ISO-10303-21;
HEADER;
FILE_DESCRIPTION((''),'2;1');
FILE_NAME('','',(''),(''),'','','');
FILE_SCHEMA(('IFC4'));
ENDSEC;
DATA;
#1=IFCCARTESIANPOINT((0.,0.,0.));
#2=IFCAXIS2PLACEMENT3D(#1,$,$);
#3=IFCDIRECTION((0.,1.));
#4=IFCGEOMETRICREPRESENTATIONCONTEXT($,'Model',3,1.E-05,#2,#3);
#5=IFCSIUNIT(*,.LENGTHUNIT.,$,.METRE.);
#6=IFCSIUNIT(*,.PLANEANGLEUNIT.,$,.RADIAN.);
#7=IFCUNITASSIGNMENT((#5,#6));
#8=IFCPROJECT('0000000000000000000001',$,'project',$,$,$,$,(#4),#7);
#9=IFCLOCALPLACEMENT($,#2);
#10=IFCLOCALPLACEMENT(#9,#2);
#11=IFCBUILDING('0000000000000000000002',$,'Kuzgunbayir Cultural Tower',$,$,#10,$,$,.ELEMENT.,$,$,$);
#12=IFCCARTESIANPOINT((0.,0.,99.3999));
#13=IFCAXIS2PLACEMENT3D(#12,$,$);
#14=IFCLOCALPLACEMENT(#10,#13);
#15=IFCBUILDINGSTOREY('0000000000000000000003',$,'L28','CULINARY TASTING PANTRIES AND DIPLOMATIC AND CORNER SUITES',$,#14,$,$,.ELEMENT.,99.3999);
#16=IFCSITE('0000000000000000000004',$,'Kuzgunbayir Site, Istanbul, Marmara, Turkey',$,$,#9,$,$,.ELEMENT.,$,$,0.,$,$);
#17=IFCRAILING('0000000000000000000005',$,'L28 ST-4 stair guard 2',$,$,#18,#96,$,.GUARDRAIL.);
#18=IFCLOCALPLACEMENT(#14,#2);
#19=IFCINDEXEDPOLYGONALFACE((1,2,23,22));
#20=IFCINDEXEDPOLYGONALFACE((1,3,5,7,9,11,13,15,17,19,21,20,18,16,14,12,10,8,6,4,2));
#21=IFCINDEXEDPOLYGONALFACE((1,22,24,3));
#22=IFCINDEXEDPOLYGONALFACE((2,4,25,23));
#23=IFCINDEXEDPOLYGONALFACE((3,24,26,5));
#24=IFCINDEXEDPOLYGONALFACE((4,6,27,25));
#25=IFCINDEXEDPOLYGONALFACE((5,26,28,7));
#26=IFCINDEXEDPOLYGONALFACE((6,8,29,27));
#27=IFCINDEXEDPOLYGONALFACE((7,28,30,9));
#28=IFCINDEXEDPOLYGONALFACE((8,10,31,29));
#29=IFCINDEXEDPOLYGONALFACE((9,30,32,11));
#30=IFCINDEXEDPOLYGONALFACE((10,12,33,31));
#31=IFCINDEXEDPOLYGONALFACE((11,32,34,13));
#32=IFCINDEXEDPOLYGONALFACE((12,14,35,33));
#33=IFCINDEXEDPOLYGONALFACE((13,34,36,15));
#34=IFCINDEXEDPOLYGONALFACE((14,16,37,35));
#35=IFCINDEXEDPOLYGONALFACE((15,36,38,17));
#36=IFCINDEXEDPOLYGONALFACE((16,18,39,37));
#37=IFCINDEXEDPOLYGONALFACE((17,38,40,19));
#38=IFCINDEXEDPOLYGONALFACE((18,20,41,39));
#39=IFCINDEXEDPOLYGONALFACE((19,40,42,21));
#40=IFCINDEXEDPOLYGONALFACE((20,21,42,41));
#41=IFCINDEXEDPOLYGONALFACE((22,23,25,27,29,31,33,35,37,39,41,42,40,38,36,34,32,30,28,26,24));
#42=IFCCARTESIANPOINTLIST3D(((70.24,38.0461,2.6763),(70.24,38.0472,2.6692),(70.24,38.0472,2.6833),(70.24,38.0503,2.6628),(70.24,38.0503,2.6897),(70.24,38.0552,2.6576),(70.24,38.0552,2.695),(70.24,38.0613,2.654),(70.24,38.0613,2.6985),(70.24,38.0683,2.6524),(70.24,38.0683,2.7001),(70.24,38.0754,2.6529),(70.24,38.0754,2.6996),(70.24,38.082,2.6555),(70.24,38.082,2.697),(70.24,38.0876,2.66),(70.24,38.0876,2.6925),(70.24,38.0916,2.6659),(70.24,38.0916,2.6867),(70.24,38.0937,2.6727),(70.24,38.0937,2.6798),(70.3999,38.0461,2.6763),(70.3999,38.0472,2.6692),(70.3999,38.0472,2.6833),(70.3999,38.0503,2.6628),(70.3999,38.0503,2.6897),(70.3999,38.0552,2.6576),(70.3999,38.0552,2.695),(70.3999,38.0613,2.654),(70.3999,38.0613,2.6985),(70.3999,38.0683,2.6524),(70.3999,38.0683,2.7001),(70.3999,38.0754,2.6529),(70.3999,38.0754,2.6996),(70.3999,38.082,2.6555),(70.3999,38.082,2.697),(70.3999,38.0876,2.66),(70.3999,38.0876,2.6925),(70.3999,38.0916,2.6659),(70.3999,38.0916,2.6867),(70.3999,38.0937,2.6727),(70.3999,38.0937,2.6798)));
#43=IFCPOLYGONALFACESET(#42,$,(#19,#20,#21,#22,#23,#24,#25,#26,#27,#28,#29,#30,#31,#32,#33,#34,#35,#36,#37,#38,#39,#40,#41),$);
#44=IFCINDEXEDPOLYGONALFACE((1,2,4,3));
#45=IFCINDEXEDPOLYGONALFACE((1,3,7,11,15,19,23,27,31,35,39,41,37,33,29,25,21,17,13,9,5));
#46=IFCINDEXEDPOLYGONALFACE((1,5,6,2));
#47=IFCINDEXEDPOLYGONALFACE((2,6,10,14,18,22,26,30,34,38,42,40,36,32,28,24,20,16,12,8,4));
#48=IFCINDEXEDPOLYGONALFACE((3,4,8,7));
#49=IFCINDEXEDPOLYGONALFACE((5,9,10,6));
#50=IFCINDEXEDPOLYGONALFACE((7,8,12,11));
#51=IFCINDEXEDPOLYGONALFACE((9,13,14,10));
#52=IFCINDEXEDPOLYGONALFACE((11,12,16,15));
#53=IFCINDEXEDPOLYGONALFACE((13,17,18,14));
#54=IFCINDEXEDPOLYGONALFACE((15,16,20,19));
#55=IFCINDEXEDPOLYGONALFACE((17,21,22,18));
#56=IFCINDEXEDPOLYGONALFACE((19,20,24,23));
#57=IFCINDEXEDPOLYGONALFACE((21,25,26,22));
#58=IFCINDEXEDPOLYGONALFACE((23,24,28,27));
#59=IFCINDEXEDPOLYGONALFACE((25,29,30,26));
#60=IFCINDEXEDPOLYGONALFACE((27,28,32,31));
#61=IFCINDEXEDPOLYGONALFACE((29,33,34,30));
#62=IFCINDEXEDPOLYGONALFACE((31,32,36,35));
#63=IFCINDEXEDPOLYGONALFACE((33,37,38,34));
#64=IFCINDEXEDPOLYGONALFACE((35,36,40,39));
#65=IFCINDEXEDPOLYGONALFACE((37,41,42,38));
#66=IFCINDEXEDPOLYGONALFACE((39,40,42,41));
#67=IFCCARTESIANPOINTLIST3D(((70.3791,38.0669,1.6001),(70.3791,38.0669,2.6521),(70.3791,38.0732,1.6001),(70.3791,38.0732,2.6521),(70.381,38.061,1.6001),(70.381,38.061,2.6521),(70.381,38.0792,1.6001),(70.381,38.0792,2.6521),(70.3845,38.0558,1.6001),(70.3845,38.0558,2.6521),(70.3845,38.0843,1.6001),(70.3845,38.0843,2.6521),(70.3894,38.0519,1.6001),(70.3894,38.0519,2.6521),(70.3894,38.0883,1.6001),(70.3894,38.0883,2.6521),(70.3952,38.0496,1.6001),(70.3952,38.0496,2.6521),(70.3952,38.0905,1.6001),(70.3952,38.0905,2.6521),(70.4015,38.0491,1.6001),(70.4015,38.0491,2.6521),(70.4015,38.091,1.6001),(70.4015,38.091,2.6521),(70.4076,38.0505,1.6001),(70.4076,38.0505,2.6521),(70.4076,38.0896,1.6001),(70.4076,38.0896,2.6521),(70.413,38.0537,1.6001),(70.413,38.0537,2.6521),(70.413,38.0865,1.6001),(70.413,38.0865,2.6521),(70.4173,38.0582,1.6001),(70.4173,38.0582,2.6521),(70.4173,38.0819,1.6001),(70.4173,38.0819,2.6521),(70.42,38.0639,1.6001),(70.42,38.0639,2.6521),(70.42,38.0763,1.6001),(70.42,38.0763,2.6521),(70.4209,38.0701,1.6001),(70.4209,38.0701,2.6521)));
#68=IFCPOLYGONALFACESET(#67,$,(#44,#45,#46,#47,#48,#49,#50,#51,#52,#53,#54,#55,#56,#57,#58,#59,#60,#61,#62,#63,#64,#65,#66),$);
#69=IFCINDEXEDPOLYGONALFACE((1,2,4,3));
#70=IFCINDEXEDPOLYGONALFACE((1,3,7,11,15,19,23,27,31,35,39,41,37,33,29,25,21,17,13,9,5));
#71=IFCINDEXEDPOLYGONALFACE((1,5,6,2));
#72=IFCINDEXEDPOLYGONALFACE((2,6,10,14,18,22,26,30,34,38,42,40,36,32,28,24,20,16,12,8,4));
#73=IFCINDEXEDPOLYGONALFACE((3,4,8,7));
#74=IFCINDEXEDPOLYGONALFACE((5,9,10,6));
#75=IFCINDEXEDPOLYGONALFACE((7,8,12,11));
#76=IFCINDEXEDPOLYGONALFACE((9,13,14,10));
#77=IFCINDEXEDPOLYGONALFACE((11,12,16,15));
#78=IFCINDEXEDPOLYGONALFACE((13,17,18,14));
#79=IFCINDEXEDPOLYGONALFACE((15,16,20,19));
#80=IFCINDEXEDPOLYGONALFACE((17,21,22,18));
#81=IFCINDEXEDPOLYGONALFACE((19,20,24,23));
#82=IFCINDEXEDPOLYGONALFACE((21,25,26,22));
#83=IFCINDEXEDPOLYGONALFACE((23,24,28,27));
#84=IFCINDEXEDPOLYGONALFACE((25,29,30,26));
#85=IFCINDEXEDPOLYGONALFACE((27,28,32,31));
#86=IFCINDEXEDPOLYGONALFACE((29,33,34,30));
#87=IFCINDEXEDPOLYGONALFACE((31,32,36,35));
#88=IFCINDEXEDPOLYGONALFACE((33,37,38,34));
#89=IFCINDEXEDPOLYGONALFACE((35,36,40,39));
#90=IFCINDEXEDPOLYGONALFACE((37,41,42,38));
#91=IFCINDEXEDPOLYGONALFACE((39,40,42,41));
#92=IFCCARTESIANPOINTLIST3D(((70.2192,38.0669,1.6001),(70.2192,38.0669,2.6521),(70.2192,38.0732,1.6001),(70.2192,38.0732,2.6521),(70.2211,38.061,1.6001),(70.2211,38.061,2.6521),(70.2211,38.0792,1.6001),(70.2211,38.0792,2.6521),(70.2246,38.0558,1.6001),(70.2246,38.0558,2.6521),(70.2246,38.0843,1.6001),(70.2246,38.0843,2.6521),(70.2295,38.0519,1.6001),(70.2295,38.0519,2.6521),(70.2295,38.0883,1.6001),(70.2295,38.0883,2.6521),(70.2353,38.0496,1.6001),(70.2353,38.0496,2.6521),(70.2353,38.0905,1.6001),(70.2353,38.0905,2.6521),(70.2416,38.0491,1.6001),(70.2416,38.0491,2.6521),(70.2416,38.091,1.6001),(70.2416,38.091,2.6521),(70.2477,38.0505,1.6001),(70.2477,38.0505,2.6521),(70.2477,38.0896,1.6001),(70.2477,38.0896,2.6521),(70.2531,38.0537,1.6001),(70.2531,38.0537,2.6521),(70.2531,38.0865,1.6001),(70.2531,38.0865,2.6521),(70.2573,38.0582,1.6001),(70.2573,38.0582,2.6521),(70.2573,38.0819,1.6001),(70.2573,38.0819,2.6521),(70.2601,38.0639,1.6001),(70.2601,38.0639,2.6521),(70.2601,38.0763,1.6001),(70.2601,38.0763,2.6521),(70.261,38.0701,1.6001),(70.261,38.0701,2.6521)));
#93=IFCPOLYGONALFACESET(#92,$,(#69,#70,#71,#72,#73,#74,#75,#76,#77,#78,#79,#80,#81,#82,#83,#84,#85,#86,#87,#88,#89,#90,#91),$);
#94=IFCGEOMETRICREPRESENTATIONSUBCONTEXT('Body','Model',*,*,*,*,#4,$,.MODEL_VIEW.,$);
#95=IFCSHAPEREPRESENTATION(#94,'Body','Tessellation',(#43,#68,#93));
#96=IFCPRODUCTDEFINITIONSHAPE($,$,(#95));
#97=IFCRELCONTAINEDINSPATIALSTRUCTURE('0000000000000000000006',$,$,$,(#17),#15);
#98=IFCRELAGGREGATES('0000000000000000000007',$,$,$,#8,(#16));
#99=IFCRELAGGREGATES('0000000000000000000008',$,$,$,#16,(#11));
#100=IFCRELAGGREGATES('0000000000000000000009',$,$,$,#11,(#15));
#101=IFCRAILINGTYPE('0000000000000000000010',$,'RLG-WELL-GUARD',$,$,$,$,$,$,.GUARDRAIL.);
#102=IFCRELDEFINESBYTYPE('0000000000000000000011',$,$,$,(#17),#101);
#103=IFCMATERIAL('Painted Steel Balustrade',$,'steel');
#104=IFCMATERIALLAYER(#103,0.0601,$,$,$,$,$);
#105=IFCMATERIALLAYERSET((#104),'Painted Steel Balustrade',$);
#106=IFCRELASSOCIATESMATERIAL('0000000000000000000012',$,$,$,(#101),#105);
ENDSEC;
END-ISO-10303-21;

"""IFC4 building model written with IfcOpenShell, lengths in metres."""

from ifc_helpers import new_model, si_unit, direction, frame, origin, origin_2d, place, context, subcontext, project, spatial, circle, extrude, material, layer, layer_set, type_object, element, save


model = new_model("IFC4")

# Units and contexts
model_context = context("Model", 3, precision=1e-05, world=origin(), true_north=direction((0.0, 1.0)))
body_context = subcontext(model_context, "Body", "Model", "MODEL_VIEW")
ifc_project = project(units=[si_unit("LENGTHUNIT", "METRE"), si_unit("PLANEANGLEUNIT", "RADIAN")], contexts=[model_context])

# Site, building, storey
site_placement = place(None, origin())
site = spatial("IfcSite", under=ifc_project, at=site_placement, Name="Kuzgunbayir Site, Istanbul, Marmara, Turkey", CompositionType="ELEMENT", RefElevation=0.0)
building_placement = place(site_placement, origin())
building = spatial("IfcBuilding", under=site, at=building_placement, Name="Kuzgunbayir Cultural Tower", CompositionType="ELEMENT")
storey_placement = place(building_placement, frame((0.0, 0.0, 99.3999)))
storey = spatial("IfcBuildingStorey", under=building, at=storey_placement, Name="L28", Description="CULINARY TASTING PANTRIES AND DIPLOMATIC AND CORNER SUITES", CompositionType="ELEMENT", Elevation=99.3999)

# Railing
ifc_material_1 = material(Name="Painted Steel Balustrade", Category="steel")
ifc_layer_1 = layer(ifc_material_1, 0.0601)
ifc_layer_set_1 = layer_set([ifc_layer_1], Name="Painted Steel Balustrade")
railing_type_1 = type_object("IfcRailingType", Name="RLG-WELL-GUARD", PredefinedType="GUARDRAIL", material=ifc_layer_set_1)
railing_1_placement = place(storey_placement, frame((70.3999, 38.0701, 1.6001)))
element("IfcRailing", 1, at=railing_1_placement, inside=storey, type_object=railing_type_1, Name="L28 ST-4 stair guard 2", PredefinedType="GUARDRAIL", context=body_context, shape_type="SweptSolid", body=[
    extrude(circle(Radius=0.0239, at=origin_2d()), frame((0.0, 0.0, 1.0762), z_axis=(-1.0, 0.0, 0.0), x_axis=(0.0, -1.0, 0.0)), (0.0, 0.0, 1.0), 0.1599),
    extrude(circle(Radius=0.021, at=origin_2d()), origin(), (0.0, 0.0, 1.0), 1.052),
    extrude(circle(Radius=0.021, at=origin_2d()), frame((-0.1599, 0.0, 0.0)), (0.0, 0.0, 1.0), 1.052),
])

save(model, "model.ifc")
